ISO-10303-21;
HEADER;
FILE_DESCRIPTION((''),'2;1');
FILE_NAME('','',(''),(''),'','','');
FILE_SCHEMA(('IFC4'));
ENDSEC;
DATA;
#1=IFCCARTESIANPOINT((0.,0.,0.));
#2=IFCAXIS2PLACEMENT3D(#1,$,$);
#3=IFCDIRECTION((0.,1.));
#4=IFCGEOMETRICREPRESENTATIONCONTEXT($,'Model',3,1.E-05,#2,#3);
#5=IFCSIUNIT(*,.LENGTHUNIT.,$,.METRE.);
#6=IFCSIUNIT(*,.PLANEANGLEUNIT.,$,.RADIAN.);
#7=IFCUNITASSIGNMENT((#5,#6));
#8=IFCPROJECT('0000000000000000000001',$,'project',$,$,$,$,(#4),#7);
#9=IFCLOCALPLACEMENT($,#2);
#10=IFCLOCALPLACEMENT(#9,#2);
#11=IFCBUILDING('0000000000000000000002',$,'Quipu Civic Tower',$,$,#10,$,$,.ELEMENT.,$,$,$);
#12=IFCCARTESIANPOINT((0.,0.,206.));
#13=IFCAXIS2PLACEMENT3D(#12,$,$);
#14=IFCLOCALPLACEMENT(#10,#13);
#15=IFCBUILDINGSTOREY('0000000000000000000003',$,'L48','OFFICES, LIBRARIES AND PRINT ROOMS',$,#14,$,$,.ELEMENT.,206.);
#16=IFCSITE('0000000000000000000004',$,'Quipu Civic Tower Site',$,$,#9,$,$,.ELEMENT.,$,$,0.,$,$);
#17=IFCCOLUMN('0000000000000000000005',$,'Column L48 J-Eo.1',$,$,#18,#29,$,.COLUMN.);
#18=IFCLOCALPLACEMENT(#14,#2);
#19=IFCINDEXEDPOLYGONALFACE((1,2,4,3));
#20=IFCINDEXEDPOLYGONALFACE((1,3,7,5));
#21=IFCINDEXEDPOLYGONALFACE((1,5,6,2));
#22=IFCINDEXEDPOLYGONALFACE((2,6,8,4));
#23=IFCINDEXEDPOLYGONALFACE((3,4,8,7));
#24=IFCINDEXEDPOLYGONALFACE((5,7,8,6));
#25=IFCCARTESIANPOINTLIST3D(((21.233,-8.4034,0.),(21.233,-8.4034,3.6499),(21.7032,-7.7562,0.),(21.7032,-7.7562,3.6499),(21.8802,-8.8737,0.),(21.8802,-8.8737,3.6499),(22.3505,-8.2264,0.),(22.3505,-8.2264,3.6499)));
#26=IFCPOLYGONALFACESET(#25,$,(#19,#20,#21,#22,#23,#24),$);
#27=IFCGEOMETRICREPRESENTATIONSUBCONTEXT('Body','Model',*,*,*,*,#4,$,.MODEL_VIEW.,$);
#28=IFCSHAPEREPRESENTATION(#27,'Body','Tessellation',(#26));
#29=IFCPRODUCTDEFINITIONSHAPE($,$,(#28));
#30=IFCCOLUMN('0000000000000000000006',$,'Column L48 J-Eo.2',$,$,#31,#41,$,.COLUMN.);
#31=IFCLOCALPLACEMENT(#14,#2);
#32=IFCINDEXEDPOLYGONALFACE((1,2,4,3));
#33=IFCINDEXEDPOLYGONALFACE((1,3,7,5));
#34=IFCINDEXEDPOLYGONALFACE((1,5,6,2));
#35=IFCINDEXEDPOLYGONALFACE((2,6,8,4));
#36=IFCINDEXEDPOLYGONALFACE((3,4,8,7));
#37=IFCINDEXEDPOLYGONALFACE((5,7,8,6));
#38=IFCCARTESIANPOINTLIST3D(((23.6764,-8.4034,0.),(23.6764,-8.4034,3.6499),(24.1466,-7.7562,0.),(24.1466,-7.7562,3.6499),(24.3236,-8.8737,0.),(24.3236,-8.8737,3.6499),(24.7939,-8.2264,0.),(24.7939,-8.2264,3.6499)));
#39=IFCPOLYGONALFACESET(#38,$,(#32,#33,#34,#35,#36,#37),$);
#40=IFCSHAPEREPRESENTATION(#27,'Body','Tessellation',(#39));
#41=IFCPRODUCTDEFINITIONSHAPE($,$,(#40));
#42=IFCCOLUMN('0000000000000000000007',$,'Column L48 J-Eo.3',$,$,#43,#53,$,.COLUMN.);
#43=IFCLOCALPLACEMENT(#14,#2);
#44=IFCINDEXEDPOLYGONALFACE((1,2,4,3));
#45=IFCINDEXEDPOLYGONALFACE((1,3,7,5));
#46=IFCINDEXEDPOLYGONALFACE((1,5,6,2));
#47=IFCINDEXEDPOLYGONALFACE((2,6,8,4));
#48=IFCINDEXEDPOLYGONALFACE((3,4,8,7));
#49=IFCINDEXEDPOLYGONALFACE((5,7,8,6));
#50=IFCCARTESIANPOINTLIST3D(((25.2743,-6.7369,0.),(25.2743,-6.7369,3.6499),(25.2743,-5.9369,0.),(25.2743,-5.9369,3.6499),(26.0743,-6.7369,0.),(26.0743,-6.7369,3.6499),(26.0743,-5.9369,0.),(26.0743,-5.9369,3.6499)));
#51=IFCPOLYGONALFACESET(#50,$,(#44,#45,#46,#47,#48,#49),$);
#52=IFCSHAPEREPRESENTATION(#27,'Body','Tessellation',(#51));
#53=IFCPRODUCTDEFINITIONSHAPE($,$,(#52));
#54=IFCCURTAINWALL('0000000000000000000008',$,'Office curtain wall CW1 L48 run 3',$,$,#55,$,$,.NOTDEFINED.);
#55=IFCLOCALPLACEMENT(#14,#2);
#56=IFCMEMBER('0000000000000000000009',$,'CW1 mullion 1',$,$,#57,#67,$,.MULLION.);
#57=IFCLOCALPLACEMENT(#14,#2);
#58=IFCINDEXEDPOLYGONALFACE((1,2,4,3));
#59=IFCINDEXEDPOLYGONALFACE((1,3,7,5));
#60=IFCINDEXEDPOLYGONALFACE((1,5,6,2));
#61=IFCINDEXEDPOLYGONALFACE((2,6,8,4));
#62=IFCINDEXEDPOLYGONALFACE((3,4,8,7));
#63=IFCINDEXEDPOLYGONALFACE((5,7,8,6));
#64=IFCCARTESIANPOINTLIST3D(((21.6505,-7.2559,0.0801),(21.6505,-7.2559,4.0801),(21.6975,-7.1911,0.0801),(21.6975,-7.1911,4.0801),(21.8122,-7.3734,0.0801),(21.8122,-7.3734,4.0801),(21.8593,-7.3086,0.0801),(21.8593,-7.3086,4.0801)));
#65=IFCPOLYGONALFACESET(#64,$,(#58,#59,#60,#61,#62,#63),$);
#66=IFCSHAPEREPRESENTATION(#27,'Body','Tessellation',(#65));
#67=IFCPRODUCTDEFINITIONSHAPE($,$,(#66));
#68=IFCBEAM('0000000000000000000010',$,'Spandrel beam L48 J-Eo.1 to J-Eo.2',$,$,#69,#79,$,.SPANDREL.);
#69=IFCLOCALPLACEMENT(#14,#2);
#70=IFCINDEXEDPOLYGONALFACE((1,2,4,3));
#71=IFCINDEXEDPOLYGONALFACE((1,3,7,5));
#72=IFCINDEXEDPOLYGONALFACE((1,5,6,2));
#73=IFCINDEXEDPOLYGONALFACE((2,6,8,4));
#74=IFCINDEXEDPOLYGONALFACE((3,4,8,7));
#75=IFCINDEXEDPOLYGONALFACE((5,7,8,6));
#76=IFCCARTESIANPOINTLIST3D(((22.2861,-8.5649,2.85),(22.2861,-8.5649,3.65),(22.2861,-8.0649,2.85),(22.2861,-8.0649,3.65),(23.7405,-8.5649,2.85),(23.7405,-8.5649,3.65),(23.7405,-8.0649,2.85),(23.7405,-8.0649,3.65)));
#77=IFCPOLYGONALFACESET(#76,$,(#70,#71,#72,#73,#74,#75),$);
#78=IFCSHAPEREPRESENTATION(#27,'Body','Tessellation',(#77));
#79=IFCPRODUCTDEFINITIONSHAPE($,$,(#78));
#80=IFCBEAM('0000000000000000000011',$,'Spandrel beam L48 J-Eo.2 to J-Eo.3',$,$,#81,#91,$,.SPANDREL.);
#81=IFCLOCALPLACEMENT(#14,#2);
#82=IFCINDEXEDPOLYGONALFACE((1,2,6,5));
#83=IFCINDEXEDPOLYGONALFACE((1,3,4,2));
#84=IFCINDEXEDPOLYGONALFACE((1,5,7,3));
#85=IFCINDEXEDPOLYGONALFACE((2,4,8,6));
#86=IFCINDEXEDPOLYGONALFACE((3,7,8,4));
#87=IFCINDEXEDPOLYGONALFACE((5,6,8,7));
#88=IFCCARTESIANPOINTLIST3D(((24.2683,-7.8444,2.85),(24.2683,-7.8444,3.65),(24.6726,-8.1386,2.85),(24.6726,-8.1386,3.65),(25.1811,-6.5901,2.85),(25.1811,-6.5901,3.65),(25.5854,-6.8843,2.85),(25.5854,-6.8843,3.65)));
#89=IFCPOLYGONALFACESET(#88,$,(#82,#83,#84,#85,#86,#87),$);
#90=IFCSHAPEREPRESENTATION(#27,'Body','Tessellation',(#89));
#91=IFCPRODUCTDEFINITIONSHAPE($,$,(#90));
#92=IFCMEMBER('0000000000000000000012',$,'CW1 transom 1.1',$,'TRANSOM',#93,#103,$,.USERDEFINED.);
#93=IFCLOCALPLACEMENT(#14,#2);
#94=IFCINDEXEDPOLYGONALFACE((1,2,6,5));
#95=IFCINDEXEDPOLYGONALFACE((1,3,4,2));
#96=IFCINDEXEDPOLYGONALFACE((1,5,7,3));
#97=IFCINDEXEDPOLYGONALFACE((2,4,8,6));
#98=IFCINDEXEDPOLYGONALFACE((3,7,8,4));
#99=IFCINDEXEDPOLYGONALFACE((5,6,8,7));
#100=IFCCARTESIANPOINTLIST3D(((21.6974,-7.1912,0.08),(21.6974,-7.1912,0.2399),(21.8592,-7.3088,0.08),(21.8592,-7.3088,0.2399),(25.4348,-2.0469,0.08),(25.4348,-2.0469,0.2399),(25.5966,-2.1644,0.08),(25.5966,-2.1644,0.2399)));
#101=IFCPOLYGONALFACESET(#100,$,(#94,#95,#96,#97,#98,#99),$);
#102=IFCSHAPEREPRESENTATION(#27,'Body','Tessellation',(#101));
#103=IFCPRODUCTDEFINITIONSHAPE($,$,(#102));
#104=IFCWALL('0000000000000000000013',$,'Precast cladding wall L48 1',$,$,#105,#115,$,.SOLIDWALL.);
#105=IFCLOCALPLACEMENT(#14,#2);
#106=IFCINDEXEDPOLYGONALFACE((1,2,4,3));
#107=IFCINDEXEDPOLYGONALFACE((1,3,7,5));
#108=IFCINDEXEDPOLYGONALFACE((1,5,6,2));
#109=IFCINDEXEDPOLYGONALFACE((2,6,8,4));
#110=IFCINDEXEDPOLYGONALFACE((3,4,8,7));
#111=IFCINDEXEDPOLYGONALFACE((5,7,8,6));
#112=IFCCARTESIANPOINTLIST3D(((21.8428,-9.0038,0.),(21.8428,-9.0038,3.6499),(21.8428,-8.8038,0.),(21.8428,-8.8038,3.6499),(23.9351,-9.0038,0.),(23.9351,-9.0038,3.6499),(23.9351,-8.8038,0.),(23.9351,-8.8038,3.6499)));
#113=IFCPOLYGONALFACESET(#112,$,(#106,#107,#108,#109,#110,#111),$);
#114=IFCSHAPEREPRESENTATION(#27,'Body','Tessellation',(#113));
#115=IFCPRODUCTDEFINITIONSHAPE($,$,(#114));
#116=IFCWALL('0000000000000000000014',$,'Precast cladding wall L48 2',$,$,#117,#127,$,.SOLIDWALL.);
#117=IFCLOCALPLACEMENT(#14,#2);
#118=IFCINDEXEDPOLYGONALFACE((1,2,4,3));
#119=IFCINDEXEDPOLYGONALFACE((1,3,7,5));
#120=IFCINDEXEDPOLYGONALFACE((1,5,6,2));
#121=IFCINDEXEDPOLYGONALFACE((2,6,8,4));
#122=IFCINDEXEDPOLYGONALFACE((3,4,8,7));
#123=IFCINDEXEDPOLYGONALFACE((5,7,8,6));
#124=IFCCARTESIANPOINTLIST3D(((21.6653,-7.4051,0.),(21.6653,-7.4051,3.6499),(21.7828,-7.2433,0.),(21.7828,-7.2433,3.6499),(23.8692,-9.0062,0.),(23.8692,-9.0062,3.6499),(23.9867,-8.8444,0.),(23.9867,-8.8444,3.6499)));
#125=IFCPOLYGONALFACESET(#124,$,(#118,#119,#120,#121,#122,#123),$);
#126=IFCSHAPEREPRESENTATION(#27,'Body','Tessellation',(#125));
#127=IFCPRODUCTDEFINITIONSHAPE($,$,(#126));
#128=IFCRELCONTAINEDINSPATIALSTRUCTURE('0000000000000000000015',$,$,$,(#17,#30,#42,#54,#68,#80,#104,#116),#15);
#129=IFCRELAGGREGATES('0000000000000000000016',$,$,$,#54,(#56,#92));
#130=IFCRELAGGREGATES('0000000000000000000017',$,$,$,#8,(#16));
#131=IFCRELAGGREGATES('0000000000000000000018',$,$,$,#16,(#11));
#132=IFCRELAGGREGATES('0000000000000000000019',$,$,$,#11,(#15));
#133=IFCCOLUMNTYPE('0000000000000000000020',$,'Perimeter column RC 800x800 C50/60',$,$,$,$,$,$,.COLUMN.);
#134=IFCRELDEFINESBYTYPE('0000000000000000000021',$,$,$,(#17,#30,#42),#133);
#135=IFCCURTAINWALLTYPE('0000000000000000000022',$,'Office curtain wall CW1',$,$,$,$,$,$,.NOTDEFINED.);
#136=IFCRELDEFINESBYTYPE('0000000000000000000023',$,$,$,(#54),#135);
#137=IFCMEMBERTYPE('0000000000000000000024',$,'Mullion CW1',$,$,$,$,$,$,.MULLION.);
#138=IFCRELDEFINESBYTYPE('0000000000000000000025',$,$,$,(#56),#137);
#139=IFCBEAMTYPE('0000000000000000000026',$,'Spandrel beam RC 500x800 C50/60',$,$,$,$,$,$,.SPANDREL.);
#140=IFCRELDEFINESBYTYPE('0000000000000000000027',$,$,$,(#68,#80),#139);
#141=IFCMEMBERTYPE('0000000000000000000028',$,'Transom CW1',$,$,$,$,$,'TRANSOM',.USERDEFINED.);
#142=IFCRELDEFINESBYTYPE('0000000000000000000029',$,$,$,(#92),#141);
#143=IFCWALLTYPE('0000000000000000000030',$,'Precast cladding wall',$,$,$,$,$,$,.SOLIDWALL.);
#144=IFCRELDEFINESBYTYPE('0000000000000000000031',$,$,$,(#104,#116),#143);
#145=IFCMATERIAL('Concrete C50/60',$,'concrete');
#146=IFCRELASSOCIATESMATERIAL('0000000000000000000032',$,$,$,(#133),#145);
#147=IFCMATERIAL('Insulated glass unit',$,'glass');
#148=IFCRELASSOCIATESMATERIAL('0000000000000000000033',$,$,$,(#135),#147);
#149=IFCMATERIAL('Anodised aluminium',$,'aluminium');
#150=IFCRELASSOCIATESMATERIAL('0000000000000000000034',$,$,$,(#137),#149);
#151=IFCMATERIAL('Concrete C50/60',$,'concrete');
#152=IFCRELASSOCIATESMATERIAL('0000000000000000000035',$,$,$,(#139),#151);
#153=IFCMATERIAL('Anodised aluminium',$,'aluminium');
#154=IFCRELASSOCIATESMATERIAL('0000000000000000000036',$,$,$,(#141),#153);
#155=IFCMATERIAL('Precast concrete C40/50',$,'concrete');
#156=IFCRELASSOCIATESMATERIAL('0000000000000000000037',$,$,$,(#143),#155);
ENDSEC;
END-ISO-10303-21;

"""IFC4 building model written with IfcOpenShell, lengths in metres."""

from ifc_helpers import new_model, si_unit, direction, frame, frame_2d, origin, origin_2d, place, context, subcontext, project, spatial, rectangle, extrude, material, material_profile, profile_set, type_object, element, aggregate, save


model = new_model("IFC4")

# Units and contexts
model_context = context("Model", 3, precision=1e-05, world=origin(), true_north=direction((0.0, 1.0)))
body_context = subcontext(model_context, "Body", "Model", "MODEL_VIEW")
ifc_project = project(units=[si_unit("LENGTHUNIT", "METRE"), si_unit("PLANEANGLEUNIT", "RADIAN")], contexts=[model_context])

# Site, building, storey
site_placement = place(None, origin())
site = spatial("IfcSite", under=ifc_project, at=site_placement, Name="Quipu Civic Tower Site", CompositionType="ELEMENT", RefElevation=0.0)
building_placement = place(site_placement, origin())
building = spatial("IfcBuilding", under=site, at=building_placement, Name="Quipu Civic Tower", CompositionType="ELEMENT")
storey_placement = place(building_placement, frame((0.0, 0.0, 206.0)))
storey = spatial("IfcBuildingStorey", under=building, at=storey_placement, Name="L48", Description="OFFICES, LIBRARIES AND PRINT ROOMS", CompositionType="ELEMENT", Elevation=206.0)

# Columns
ifc_material_1 = material(Name="Concrete C50/60", Category="concrete")
ifc_material_profile_1 = material_profile(ifc_material_1, rectangle(XDim=0.8, YDim=0.8, at=origin_2d()), Name="RC800x800")
ifc_profile_set_1 = profile_set([ifc_material_profile_1], Name="Concrete C50/60")
column_type = type_object("IfcColumnType", Name="Perimeter column RC 800x800 C50/60", PredefinedType="COLUMN", material=ifc_profile_set_1)
for number, where, z_axis, x_axis, name in (
    (1, (21.7917, -8.3149, 0.0), (0.0, 0.0, 1.0), (0.587785, 0.809017, 0.0), "Column L48 J-Eo.1"),
    (2, (24.2351, -8.3149, 0.0), (0.0, 0.0, 1.0), (0.587785, 0.809017, 0.0), "Column L48 J-Eo.2"),
    (3, (25.6743, -6.3369, 0.0), (0.0, 0.0, 1.0), (1.0, 0.0, 0.0), "Column L48 J-Eo.3"),
):
    element("IfcColumn", number, at=place(storey_placement, frame(where, z_axis=z_axis, x_axis=x_axis)), inside=storey, type_object=column_type, Name=name, PredefinedType="COLUMN", context=body_context, shape_type="SweptSolid", body=[
        extrude(rectangle(XDim=0.8, YDim=0.8, at=origin_2d()), origin(), (0.0, 0.0, 1.0), 3.6499),
    ])

# Curtain wall, member
ifc_material_2 = material(Name="Insulated glass unit", Category="glass")
curtain_wall_type = type_object("IfcCurtainWallType", Name="Office curtain wall CW1", PredefinedType="NOTDEFINED", material=ifc_material_2)
curtain_wall_placement = place(storey_placement, origin())
curtain_wall = element("IfcCurtainWall", 4, at=curtain_wall_placement, inside=storey, type_object=curtain_wall_type, Name="Office curtain wall CW1 L48 run 3", PredefinedType="NOTDEFINED")
ifc_material_3 = material(Name="Anodised aluminium", Category="aluminium")
ifc_material_profile_2 = material_profile(ifc_material_3, rectangle(XDim=0.2, YDim=0.0801, at=origin_2d()), Name="RECT 200x80")
ifc_profile_set_2 = profile_set([ifc_material_profile_2], Name="Anodised aluminium")
member_type_1 = type_object("IfcMemberType", Name="Mullion CW1", PredefinedType="MULLION", material=ifc_profile_set_2)
member_1_placement = place(storey_placement, frame((21.7549, -7.2822, 0.0801), z_axis=(0.0, 0.0, 1.0), x_axis=(-0.809019, 0.587783, 0.0)))
member_1 = element("IfcMember", 5, at=member_1_placement, type_object=member_type_1, Name="CW1 mullion 1", PredefinedType="MULLION", context=body_context, shape_type="SweptSolid", body=[
    extrude(rectangle(XDim=0.2, YDim=0.0801, at=origin_2d()), origin(), (0.0, 0.0, 1.0), 4.0),
])

# Beams
ifc_material_4 = material(Name="Concrete C50/60", Category="concrete")
ifc_material_profile_3 = material_profile(ifc_material_4, rectangle(XDim=0.5, YDim=0.8, at=origin_2d()), Name="RC500x800")
ifc_profile_set_3 = profile_set([ifc_material_profile_3], Name="Concrete C50/60")
beam_type = type_object("IfcBeamType", Name="Spandrel beam RC 500x800 C50/60", PredefinedType="SPANDREL", material=ifc_profile_set_3)
beam_1_placement = place(storey_placement, frame((22.2861, -8.3149, 3.25), z_axis=(1.0, 0.0, 0.0), x_axis=(0.0, 1.0, 0.0)))
element("IfcBeam", 6, at=beam_1_placement, inside=storey, type_object=beam_type, Name="Spandrel beam L48 J-Eo.1 to J-Eo.2", PredefinedType="SPANDREL", context=body_context, shape_type="SweptSolid", body=[
    extrude(rectangle(XDim=0.5, YDim=0.8, at=origin_2d()), origin(), (0.0, 0.0, 1.0), 1.4543),
])
beam_2_placement = place(storey_placement, frame((24.4705, -7.9915, 3.25), z_axis=(0.588406, 0.808566, 0.0), x_axis=(-0.808566, 0.588406, 0.0)))
element("IfcBeam", 7, at=beam_2_placement, inside=storey, type_object=beam_type, Name="Spandrel beam L48 J-Eo.2 to J-Eo.3", PredefinedType="SPANDREL", context=body_context, shape_type="SweptSolid", body=[
    extrude(rectangle(XDim=0.5, YDim=0.8, at=origin_2d()), origin(), (0.0, 0.0, 1.0), 1.5513),
])

# Member
ifc_material_5 = material(Name="Anodised aluminium", Category="aluminium")
ifc_material_profile_4 = material_profile(ifc_material_5, rectangle(XDim=0.2, YDim=0.1599, at=origin_2d()), Name="RECT 200x160")
ifc_profile_set_4 = profile_set([ifc_material_profile_4], Name="Anodised aluminium")
member_type_2 = type_object("IfcMemberType", Name="Transom CW1", ElementType="TRANSOM", PredefinedType="USERDEFINED", material=ifc_profile_set_4)
member_2_placement = place(storey_placement, frame((21.7783, -7.25, 0.1599), z_axis=(0.587761, 0.809035, 0.0), x_axis=(-0.809035, 0.587761, 0.0)))
member_2 = element("IfcMember", 8, at=member_2_placement, type_object=member_type_2, Name="CW1 transom 1.1", ObjectType="TRANSOM", PredefinedType="USERDEFINED", context=body_context, shape_type="SweptSolid", body=[
    extrude(rectangle(XDim=0.2, YDim=0.1599, at=origin_2d()), origin(), (0.0, 0.0, 1.0), 6.3586),
])
aggregate(curtain_wall, [member_1, member_2])

# Walls
ifc_material_6 = material(Name="Precast concrete C40/50", Category="concrete")
wall_type = type_object("IfcWallType", Name="Precast cladding wall", PredefinedType="SOLIDWALL", material=ifc_material_6)
wall_1_placement = place(storey_placement, frame((21.8428, -8.9038, 0.0), z_axis=(0.0, 0.0, 1.0), x_axis=(1.0, 0.0, 0.0)))
element("IfcWall", 9, at=wall_1_placement, inside=storey, type_object=wall_type, Name="Precast cladding wall L48 1", PredefinedType="SOLIDWALL", context=body_context, shape_type="SweptSolid", body=[
    extrude(rectangle(XDim=2.0923, YDim=0.2, at=frame_2d((1.0461, 0.0))), origin(), (0.0, 0.0, 1.0), 3.6499),
])
wall_2_placement = place(storey_placement, frame((23.928, -8.9253, 0.0), z_axis=(0.0, 0.0, 1.0), x_axis=(-0.809038, 0.587756, 0.0)))
element("IfcWall", 10, at=wall_2_placement, inside=storey, type_object=wall_type, Name="Precast cladding wall L48 2", PredefinedType="SOLIDWALL", context=body_context, shape_type="SweptSolid", body=[
    extrude(rectangle(XDim=2.7241, YDim=0.2, at=frame_2d((1.3621, 0.0))), origin(), (0.0, 0.0, 1.0), 3.6499),
])

save(model, "model.ifc")
